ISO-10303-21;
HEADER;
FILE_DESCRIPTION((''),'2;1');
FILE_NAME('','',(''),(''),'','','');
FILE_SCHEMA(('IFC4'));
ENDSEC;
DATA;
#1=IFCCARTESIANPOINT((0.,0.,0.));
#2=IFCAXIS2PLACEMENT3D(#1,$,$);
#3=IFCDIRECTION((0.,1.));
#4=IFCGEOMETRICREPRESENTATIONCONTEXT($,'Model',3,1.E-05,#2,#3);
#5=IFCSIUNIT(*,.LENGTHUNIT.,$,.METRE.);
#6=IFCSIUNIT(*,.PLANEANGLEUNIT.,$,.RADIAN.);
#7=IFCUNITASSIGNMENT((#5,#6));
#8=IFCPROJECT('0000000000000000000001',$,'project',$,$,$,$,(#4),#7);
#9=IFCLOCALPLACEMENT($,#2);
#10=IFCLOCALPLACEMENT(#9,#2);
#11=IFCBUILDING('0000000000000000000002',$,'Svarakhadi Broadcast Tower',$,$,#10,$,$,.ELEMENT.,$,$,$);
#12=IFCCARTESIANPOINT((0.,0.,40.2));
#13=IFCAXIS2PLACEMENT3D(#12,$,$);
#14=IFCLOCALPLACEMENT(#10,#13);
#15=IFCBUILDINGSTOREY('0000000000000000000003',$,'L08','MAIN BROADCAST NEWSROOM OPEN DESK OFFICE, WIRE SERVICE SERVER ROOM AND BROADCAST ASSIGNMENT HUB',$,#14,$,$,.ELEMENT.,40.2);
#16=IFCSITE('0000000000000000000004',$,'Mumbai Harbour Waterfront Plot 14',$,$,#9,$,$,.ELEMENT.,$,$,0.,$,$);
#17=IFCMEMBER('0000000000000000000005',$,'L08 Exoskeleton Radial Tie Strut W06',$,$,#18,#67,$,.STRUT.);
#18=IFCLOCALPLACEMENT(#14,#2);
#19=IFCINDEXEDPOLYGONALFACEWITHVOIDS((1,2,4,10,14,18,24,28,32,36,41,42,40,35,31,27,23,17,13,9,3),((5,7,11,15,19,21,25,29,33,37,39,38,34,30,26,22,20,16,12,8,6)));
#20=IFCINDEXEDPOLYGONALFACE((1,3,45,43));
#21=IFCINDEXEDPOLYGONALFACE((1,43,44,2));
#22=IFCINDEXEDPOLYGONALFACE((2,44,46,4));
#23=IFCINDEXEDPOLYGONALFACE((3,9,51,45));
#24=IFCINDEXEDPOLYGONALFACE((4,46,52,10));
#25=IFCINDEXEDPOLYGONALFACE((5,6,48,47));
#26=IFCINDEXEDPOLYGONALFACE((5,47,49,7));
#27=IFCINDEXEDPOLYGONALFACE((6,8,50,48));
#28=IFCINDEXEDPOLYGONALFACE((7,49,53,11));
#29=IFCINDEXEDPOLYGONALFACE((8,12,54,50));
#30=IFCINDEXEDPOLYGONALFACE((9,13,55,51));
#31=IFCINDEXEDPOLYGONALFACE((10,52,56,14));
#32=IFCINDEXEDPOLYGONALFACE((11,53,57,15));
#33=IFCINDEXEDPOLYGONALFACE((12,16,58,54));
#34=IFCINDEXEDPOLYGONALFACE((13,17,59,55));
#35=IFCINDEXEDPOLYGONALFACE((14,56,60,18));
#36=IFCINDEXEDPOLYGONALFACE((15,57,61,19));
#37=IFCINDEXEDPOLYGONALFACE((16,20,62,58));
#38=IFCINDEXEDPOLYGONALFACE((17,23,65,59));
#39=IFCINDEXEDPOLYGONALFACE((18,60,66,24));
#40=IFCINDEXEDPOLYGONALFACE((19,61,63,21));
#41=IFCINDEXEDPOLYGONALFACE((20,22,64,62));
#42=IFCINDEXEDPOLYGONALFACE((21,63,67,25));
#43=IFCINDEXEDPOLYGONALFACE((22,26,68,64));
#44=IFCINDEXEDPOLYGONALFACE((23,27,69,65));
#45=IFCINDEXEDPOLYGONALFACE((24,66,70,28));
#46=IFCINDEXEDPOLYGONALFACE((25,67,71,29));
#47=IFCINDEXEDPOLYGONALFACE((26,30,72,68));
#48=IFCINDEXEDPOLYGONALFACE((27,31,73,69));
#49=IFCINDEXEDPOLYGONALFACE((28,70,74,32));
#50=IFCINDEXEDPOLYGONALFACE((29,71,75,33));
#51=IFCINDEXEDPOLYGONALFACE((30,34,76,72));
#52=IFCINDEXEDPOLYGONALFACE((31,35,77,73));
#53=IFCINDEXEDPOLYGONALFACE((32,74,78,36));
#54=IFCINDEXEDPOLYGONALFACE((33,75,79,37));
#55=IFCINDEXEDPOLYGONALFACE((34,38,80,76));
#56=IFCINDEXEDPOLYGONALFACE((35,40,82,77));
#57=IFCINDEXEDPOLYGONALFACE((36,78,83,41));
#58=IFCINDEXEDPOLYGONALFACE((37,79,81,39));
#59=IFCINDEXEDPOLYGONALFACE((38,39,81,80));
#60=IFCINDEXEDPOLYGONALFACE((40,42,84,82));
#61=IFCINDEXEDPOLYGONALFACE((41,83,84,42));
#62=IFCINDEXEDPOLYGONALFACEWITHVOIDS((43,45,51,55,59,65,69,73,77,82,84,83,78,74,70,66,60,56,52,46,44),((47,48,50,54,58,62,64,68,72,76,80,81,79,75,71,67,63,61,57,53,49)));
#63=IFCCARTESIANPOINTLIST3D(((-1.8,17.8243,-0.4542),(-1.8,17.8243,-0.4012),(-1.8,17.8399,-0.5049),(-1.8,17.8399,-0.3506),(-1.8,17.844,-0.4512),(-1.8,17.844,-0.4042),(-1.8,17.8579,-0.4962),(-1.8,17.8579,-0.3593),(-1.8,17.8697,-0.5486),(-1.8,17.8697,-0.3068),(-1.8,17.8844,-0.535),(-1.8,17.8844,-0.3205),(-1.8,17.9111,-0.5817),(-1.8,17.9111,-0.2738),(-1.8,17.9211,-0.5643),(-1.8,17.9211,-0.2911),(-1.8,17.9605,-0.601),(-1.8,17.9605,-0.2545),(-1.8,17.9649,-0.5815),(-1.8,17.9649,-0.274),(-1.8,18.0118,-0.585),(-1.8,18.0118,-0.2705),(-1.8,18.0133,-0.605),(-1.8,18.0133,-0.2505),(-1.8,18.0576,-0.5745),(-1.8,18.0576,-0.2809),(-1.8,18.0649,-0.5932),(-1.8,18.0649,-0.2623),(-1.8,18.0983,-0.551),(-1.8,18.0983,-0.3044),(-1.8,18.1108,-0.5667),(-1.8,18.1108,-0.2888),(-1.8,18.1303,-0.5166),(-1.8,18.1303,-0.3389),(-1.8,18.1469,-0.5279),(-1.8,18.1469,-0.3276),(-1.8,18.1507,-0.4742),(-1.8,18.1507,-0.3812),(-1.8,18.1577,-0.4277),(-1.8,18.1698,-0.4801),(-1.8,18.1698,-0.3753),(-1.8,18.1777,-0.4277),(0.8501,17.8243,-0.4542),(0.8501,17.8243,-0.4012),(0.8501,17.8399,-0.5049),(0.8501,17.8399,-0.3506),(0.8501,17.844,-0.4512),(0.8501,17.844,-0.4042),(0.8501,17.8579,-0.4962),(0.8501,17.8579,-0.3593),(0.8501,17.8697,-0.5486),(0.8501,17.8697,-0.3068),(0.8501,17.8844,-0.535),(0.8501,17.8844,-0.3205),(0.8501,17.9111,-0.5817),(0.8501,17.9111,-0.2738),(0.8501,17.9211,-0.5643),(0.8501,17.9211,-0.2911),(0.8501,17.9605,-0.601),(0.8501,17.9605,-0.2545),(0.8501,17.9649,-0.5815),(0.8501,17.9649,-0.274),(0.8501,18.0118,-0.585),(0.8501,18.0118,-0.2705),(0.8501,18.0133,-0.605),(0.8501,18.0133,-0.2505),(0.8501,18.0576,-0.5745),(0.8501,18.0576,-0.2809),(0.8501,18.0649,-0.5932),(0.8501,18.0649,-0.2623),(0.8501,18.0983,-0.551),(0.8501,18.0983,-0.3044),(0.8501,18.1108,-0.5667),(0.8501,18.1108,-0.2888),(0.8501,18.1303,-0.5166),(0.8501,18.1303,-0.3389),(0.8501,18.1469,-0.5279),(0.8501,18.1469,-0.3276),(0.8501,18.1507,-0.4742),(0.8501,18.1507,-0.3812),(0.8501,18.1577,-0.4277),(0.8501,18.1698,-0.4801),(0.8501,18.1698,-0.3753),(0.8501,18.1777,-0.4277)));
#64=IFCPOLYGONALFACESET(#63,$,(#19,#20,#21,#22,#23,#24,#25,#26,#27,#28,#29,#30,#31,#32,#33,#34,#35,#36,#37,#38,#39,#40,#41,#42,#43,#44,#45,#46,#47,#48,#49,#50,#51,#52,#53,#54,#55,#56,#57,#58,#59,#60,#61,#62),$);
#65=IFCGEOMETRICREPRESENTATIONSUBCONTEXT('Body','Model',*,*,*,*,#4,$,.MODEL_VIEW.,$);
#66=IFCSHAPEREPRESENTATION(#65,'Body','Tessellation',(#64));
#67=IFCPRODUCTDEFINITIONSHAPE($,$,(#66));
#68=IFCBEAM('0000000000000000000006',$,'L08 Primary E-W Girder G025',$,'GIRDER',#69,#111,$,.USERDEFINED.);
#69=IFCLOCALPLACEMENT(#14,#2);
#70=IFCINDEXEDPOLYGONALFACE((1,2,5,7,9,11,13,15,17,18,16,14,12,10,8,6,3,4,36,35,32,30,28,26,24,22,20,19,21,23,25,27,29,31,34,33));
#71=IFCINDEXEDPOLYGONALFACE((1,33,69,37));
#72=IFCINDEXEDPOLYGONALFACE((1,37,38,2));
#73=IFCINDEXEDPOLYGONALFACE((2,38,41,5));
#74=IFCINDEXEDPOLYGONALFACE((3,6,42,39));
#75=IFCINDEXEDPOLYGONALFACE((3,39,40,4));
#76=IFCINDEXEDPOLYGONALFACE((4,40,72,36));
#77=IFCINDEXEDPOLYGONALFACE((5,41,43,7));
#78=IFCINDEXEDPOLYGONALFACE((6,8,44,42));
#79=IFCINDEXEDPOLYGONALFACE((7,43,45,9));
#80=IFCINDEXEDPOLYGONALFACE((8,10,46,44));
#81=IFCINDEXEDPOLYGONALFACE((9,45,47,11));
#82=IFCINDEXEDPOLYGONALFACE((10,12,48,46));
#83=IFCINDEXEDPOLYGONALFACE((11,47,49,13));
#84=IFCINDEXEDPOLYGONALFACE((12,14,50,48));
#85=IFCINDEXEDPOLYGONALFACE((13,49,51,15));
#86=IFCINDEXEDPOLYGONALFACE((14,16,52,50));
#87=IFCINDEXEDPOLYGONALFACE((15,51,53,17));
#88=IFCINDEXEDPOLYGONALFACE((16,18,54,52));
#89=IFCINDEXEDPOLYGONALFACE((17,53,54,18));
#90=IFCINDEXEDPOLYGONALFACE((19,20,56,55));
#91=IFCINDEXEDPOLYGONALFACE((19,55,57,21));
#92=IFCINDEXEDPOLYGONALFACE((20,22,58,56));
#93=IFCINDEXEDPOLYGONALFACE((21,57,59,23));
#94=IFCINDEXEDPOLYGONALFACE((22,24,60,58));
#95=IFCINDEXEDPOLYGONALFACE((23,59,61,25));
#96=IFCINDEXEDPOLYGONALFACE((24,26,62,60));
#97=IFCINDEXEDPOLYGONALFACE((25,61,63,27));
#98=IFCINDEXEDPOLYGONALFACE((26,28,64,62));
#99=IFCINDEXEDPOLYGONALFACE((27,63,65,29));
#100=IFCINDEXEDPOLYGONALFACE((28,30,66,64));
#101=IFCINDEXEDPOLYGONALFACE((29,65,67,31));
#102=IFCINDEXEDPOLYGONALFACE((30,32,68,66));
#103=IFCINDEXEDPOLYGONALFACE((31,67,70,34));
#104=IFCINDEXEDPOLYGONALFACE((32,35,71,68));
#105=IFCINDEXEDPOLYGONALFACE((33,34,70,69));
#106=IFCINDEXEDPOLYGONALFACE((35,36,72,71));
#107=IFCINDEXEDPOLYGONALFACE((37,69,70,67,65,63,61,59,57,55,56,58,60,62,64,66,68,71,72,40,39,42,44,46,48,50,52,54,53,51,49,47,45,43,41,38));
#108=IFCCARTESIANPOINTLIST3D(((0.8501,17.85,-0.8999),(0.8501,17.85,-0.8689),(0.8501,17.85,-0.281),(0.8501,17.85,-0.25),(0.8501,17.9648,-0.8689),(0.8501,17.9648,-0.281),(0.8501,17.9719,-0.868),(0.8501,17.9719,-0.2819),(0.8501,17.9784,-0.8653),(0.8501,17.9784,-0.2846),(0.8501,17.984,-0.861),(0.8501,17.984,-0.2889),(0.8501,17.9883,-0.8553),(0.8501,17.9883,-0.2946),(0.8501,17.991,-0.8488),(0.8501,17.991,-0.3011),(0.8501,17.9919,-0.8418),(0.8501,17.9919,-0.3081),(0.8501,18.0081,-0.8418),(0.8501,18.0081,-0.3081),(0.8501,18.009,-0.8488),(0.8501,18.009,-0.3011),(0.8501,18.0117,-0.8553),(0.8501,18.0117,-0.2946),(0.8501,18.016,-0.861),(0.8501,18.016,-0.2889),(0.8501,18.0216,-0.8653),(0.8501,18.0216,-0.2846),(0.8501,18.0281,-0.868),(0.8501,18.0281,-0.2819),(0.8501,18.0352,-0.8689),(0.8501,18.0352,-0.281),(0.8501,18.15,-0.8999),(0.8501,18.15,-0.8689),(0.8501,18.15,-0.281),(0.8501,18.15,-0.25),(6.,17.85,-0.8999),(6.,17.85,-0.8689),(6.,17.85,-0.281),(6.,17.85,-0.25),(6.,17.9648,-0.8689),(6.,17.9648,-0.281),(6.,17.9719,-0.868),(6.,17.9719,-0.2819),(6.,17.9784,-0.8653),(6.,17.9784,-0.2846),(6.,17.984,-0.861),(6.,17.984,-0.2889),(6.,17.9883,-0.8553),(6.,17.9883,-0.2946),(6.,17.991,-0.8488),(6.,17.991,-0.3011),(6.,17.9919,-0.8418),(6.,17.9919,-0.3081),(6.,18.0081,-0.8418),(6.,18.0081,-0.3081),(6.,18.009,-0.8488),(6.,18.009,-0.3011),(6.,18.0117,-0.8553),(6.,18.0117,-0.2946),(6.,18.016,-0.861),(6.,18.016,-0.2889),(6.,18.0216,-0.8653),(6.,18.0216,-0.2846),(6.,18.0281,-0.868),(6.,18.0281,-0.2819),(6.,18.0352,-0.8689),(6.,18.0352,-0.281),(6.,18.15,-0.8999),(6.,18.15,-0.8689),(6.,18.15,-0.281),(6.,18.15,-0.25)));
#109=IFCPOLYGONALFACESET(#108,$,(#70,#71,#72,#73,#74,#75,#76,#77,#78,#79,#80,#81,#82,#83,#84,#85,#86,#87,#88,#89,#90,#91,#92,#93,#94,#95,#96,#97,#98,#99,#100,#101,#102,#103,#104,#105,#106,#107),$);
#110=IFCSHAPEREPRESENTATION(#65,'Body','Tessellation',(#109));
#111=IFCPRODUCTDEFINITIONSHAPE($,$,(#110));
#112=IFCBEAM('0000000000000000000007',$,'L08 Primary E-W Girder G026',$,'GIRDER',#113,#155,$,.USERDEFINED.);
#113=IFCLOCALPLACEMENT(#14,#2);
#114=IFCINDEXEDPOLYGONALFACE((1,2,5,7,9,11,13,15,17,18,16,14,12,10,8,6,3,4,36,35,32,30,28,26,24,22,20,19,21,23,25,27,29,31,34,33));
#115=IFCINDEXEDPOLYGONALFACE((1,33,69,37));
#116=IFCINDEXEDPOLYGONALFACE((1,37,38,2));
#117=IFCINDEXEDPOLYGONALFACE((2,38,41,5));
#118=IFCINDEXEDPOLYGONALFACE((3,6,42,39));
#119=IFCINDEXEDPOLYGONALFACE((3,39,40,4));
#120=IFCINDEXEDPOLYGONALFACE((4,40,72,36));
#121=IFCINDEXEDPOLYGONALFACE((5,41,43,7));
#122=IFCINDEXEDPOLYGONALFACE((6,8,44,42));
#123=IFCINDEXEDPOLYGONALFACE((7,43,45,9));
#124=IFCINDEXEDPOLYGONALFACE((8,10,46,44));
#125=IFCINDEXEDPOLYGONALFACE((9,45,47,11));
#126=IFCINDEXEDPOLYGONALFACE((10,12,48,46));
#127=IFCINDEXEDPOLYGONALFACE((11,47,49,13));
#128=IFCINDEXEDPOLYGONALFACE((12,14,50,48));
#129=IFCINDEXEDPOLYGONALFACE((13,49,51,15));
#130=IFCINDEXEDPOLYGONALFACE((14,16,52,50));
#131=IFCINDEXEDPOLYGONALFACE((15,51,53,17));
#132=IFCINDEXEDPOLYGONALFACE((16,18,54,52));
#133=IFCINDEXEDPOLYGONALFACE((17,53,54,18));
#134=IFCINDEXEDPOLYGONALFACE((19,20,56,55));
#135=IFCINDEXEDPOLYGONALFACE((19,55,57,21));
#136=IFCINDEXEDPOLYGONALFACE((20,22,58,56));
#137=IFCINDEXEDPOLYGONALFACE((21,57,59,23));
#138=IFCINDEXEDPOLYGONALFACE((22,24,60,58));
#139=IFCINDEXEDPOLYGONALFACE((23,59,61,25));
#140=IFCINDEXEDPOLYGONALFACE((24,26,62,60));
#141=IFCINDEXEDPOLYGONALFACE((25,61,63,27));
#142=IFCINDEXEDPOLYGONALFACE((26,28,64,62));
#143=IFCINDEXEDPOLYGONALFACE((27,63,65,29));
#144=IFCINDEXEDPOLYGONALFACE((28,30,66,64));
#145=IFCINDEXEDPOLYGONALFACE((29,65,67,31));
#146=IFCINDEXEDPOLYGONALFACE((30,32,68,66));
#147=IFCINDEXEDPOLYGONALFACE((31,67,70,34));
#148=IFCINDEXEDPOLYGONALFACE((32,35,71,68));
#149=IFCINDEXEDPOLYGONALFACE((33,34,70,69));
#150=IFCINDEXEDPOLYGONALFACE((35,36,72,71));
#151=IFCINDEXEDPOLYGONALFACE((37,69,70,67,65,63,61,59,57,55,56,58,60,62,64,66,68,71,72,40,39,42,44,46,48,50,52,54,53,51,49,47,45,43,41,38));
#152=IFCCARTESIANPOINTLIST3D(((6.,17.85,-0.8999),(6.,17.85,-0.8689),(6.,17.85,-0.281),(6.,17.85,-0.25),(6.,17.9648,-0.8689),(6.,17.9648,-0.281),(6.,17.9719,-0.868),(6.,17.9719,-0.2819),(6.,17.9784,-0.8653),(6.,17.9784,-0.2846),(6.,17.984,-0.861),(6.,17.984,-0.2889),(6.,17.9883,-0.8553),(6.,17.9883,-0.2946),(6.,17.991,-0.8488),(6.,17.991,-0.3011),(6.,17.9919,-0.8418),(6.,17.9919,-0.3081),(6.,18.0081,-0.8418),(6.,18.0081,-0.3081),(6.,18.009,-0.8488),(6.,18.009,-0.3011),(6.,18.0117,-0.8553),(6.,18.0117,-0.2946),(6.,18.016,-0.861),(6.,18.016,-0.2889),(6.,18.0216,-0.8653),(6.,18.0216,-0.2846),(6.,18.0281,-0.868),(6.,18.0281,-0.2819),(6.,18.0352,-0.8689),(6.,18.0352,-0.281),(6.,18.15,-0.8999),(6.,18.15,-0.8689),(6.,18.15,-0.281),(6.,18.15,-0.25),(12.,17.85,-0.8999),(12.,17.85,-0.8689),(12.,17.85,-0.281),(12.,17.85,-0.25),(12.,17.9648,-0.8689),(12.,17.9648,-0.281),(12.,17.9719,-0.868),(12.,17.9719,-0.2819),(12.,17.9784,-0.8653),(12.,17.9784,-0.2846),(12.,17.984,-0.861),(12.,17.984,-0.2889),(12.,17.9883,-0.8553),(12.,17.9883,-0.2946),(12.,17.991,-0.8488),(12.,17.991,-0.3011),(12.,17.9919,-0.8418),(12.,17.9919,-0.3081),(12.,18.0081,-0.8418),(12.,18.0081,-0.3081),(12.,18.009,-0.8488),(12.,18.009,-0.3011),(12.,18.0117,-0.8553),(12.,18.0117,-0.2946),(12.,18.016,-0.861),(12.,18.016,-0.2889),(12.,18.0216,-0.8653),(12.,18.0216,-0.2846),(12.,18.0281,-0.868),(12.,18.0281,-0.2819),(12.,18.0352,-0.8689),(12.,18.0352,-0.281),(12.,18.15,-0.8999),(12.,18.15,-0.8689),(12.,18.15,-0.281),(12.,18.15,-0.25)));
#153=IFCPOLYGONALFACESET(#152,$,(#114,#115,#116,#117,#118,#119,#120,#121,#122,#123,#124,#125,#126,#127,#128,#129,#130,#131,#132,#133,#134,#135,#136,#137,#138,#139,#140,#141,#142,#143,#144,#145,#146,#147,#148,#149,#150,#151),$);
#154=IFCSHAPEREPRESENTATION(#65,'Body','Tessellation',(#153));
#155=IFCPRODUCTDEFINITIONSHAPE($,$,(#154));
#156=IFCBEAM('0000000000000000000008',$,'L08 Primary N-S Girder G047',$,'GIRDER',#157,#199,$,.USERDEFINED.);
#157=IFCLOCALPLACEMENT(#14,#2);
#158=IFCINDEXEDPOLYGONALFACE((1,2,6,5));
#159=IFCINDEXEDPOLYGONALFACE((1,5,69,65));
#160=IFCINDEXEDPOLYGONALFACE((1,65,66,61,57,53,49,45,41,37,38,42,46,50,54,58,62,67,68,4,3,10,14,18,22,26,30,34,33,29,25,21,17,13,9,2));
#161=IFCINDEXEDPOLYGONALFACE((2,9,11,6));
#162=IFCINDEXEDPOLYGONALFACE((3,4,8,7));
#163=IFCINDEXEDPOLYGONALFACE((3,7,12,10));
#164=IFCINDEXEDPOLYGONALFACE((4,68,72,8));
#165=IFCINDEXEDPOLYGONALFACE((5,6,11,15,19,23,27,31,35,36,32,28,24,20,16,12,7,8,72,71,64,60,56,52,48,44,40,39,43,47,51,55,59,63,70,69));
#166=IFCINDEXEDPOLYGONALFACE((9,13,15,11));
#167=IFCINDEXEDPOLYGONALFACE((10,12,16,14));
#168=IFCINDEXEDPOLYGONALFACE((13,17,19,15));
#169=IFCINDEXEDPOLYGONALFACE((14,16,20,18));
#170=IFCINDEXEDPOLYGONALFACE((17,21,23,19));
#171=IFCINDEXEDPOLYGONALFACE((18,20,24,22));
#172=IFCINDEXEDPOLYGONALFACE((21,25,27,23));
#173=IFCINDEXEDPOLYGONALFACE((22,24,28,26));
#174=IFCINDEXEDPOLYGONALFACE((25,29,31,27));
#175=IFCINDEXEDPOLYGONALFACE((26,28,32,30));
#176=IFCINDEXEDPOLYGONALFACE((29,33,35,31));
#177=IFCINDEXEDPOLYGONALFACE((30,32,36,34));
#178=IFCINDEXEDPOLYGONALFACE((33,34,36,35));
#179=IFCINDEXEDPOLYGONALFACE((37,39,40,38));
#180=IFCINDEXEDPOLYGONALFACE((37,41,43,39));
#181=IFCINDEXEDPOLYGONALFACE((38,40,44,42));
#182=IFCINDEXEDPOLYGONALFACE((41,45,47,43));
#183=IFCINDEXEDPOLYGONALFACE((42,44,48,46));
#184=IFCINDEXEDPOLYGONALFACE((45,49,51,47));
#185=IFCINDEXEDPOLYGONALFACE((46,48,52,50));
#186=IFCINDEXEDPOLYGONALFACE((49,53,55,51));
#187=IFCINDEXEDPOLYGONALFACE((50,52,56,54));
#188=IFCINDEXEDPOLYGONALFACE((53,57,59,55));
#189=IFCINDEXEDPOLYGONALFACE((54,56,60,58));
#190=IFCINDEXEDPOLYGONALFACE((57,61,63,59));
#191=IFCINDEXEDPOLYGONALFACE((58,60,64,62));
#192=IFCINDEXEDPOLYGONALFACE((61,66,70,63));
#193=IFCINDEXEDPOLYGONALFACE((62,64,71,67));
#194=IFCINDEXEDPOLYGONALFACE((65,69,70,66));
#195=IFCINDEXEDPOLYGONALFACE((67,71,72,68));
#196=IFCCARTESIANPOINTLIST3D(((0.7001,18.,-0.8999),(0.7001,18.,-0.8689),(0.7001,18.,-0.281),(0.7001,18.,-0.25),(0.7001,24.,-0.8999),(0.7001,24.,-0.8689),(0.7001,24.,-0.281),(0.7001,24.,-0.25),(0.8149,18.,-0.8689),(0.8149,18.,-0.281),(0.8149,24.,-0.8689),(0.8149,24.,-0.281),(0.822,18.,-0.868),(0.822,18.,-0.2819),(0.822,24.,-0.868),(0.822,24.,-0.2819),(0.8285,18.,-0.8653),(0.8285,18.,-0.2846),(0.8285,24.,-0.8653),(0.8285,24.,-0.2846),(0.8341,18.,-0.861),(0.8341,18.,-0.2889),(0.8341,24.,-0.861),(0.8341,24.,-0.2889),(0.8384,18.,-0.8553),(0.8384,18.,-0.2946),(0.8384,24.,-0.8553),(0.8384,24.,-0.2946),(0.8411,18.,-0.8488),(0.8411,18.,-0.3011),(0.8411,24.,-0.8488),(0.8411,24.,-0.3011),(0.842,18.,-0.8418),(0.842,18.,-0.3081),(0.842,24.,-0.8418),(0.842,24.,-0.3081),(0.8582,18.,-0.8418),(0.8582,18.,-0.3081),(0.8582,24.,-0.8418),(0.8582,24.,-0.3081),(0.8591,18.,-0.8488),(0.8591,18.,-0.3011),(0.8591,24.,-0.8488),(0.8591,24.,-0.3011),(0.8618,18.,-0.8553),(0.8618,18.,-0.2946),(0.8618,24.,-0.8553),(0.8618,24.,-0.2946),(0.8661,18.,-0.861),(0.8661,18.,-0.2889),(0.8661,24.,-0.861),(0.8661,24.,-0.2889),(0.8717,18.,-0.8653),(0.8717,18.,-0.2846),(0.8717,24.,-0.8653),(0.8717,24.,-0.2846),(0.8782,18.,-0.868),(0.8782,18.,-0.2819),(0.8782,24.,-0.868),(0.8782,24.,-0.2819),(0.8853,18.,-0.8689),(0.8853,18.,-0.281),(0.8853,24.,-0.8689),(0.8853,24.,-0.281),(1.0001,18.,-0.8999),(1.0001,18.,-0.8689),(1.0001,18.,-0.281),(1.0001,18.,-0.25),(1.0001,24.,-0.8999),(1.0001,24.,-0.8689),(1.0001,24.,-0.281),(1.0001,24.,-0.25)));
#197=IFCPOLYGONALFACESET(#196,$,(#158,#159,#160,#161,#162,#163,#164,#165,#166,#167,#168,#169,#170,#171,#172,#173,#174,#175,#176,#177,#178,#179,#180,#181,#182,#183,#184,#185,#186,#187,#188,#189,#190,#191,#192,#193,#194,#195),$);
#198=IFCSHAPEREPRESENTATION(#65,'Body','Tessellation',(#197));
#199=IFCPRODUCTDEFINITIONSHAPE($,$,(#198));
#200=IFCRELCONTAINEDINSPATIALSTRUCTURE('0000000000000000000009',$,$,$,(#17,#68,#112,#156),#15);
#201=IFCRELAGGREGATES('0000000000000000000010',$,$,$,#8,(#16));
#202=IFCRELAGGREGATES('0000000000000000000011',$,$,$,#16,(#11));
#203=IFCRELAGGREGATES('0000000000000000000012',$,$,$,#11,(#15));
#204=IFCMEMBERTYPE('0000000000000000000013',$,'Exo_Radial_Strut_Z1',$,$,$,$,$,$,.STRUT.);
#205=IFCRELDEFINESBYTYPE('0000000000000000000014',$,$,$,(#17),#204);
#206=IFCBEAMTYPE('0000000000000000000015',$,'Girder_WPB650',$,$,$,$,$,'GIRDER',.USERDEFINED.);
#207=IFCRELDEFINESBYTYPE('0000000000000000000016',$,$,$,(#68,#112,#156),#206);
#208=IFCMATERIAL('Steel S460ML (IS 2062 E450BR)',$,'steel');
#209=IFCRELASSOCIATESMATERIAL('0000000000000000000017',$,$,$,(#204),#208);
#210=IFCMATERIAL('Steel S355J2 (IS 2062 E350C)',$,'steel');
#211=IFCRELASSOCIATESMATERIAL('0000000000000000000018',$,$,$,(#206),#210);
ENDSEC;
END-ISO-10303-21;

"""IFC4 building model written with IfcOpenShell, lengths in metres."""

from ifc_helpers import new_model, si_unit, direction, frame, origin, origin_2d, place, context, subcontext, project, spatial, hollow_circle, i_section, extrude, material, material_profile, profile_set, type_object, element, save


model = new_model("IFC4")

# Units and contexts
model_context = context("Model", 3, precision=1e-05, world=origin(), true_north=direction((0.0, 1.0)))
body_context = subcontext(model_context, "Body", "Model", "MODEL_VIEW")
ifc_project = project(units=[si_unit("LENGTHUNIT", "METRE"), si_unit("PLANEANGLEUNIT", "RADIAN")], contexts=[model_context])

# Site, building, storey
site_placement = place(None, origin())
site = spatial("IfcSite", under=ifc_project, at=site_placement, Name="Mumbai Harbour Waterfront Plot 14", CompositionType="ELEMENT", RefElevation=0.0)
building_placement = place(site_placement, origin())
building = spatial("IfcBuilding", under=site, at=building_placement, Name="Svarakhadi Broadcast Tower", CompositionType="ELEMENT")
storey_placement = place(building_placement, frame((0.0, 0.0, 40.2)))
storey = spatial("IfcBuildingStorey", under=building, at=storey_placement, Name="L08", Description="MAIN BROADCAST NEWSROOM OPEN DESK OFFICE, WIRE SERVICE SERVER ROOM AND BROADCAST ASSIGNMENT HUB", CompositionType="ELEMENT", Elevation=40.2)

# Shared definitions
ifc_material_1 = material(Name="Steel S460ML (IS 2062 E450BR)", Category="steel")

# Shared definitions
ifc_material_2 = material(Name="Steel S355J2 (IS 2062 E350C)", Category="steel")

# Member
ifc_material_profile_1 = material_profile(ifc_material_1, hollow_circle(Radius=0.1777, WallThickness=0.02, at=origin_2d()), Name="CHS 355.6x20")
ifc_profile_set_1 = profile_set([ifc_material_profile_1], Name="Steel S460ML (IS 2062 E450BR)")
member_type_1 = type_object("IfcMemberType", Name="Exo_Radial_Strut_Z1", PredefinedType="STRUT", material=ifc_profile_set_1)
member_1_placement = place(storey_placement, frame((-1.8, 18.0, -0.4277), z_axis=(1.0, 0.0, 0.0), x_axis=(0.0, 1.0, 0.0)))
element("IfcMember", 1, at=member_1_placement, inside=storey, type_object=member_type_1, Name="L08 Exoskeleton Radial Tie Strut W06", PredefinedType="STRUT", context=body_context, shape_type="SweptSolid", body=[
    extrude(hollow_circle(Radius=0.1777, WallThickness=0.02, at=origin_2d()), origin(), (0.0, 0.0, 1.0), 2.6501),
])

# Beams
ifc_material_profile_2 = material_profile(ifc_material_2, i_section(OverallWidth=0.3, OverallDepth=0.6499, WebThickness=0.0161, FlangeThickness=0.031, FilletRadius=0.0271, at=origin_2d()), Name="WPB 650x300x225")
ifc_profile_set_2 = profile_set([ifc_material_profile_2], Name="Steel S355J2 (IS 2062 E350C)")
beam_type_1 = type_object("IfcBeamType", Name="Girder_WPB650", ElementType="GIRDER", PredefinedType="USERDEFINED", material=ifc_profile_set_2)
beam_1_placement = place(storey_placement, frame((0.8501, 18.0, -0.575), z_axis=(1.0, 0.0, 0.0), x_axis=(0.0, 1.0, 0.0)))
element("IfcBeam", 2, at=beam_1_placement, inside=storey, type_object=beam_type_1, Name="L08 Primary E-W Girder G025", ObjectType="GIRDER", PredefinedType="USERDEFINED", context=body_context, shape_type="SweptSolid", body=[
    extrude(i_section(OverallWidth=0.3, OverallDepth=0.6499, WebThickness=0.0161, FlangeThickness=0.031, FilletRadius=0.0271, at=origin_2d()), origin(), (0.0, 0.0, 1.0), 5.1499),
])
for number, where, z_axis, x_axis, name in (
    (3, (6.0, 18.0, -0.575), (1.0, 0.0, 0.0), (0.0, 1.0, 0.0), "L08 Primary E-W Girder G026"),
    (4, (0.8501, 18.0, -0.575), (0.0, 1.0, 0.0), (-1.0, 0.0, 0.0), "L08 Primary N-S Girder G047"),
):
    element("IfcBeam", number, at=place(storey_placement, frame(where, z_axis=z_axis, x_axis=x_axis)), inside=storey, type_object=beam_type_1, Name=name, ObjectType="GIRDER", PredefinedType="USERDEFINED", context=body_context, shape_type="SweptSolid", body=[
        extrude(i_section(OverallWidth=0.3, OverallDepth=0.6499, WebThickness=0.0161, FlangeThickness=0.031, FilletRadius=0.0271, at=origin_2d()), origin(), (0.0, 0.0, 1.0), 6.0),
    ])

save(model, "model.ifc")
